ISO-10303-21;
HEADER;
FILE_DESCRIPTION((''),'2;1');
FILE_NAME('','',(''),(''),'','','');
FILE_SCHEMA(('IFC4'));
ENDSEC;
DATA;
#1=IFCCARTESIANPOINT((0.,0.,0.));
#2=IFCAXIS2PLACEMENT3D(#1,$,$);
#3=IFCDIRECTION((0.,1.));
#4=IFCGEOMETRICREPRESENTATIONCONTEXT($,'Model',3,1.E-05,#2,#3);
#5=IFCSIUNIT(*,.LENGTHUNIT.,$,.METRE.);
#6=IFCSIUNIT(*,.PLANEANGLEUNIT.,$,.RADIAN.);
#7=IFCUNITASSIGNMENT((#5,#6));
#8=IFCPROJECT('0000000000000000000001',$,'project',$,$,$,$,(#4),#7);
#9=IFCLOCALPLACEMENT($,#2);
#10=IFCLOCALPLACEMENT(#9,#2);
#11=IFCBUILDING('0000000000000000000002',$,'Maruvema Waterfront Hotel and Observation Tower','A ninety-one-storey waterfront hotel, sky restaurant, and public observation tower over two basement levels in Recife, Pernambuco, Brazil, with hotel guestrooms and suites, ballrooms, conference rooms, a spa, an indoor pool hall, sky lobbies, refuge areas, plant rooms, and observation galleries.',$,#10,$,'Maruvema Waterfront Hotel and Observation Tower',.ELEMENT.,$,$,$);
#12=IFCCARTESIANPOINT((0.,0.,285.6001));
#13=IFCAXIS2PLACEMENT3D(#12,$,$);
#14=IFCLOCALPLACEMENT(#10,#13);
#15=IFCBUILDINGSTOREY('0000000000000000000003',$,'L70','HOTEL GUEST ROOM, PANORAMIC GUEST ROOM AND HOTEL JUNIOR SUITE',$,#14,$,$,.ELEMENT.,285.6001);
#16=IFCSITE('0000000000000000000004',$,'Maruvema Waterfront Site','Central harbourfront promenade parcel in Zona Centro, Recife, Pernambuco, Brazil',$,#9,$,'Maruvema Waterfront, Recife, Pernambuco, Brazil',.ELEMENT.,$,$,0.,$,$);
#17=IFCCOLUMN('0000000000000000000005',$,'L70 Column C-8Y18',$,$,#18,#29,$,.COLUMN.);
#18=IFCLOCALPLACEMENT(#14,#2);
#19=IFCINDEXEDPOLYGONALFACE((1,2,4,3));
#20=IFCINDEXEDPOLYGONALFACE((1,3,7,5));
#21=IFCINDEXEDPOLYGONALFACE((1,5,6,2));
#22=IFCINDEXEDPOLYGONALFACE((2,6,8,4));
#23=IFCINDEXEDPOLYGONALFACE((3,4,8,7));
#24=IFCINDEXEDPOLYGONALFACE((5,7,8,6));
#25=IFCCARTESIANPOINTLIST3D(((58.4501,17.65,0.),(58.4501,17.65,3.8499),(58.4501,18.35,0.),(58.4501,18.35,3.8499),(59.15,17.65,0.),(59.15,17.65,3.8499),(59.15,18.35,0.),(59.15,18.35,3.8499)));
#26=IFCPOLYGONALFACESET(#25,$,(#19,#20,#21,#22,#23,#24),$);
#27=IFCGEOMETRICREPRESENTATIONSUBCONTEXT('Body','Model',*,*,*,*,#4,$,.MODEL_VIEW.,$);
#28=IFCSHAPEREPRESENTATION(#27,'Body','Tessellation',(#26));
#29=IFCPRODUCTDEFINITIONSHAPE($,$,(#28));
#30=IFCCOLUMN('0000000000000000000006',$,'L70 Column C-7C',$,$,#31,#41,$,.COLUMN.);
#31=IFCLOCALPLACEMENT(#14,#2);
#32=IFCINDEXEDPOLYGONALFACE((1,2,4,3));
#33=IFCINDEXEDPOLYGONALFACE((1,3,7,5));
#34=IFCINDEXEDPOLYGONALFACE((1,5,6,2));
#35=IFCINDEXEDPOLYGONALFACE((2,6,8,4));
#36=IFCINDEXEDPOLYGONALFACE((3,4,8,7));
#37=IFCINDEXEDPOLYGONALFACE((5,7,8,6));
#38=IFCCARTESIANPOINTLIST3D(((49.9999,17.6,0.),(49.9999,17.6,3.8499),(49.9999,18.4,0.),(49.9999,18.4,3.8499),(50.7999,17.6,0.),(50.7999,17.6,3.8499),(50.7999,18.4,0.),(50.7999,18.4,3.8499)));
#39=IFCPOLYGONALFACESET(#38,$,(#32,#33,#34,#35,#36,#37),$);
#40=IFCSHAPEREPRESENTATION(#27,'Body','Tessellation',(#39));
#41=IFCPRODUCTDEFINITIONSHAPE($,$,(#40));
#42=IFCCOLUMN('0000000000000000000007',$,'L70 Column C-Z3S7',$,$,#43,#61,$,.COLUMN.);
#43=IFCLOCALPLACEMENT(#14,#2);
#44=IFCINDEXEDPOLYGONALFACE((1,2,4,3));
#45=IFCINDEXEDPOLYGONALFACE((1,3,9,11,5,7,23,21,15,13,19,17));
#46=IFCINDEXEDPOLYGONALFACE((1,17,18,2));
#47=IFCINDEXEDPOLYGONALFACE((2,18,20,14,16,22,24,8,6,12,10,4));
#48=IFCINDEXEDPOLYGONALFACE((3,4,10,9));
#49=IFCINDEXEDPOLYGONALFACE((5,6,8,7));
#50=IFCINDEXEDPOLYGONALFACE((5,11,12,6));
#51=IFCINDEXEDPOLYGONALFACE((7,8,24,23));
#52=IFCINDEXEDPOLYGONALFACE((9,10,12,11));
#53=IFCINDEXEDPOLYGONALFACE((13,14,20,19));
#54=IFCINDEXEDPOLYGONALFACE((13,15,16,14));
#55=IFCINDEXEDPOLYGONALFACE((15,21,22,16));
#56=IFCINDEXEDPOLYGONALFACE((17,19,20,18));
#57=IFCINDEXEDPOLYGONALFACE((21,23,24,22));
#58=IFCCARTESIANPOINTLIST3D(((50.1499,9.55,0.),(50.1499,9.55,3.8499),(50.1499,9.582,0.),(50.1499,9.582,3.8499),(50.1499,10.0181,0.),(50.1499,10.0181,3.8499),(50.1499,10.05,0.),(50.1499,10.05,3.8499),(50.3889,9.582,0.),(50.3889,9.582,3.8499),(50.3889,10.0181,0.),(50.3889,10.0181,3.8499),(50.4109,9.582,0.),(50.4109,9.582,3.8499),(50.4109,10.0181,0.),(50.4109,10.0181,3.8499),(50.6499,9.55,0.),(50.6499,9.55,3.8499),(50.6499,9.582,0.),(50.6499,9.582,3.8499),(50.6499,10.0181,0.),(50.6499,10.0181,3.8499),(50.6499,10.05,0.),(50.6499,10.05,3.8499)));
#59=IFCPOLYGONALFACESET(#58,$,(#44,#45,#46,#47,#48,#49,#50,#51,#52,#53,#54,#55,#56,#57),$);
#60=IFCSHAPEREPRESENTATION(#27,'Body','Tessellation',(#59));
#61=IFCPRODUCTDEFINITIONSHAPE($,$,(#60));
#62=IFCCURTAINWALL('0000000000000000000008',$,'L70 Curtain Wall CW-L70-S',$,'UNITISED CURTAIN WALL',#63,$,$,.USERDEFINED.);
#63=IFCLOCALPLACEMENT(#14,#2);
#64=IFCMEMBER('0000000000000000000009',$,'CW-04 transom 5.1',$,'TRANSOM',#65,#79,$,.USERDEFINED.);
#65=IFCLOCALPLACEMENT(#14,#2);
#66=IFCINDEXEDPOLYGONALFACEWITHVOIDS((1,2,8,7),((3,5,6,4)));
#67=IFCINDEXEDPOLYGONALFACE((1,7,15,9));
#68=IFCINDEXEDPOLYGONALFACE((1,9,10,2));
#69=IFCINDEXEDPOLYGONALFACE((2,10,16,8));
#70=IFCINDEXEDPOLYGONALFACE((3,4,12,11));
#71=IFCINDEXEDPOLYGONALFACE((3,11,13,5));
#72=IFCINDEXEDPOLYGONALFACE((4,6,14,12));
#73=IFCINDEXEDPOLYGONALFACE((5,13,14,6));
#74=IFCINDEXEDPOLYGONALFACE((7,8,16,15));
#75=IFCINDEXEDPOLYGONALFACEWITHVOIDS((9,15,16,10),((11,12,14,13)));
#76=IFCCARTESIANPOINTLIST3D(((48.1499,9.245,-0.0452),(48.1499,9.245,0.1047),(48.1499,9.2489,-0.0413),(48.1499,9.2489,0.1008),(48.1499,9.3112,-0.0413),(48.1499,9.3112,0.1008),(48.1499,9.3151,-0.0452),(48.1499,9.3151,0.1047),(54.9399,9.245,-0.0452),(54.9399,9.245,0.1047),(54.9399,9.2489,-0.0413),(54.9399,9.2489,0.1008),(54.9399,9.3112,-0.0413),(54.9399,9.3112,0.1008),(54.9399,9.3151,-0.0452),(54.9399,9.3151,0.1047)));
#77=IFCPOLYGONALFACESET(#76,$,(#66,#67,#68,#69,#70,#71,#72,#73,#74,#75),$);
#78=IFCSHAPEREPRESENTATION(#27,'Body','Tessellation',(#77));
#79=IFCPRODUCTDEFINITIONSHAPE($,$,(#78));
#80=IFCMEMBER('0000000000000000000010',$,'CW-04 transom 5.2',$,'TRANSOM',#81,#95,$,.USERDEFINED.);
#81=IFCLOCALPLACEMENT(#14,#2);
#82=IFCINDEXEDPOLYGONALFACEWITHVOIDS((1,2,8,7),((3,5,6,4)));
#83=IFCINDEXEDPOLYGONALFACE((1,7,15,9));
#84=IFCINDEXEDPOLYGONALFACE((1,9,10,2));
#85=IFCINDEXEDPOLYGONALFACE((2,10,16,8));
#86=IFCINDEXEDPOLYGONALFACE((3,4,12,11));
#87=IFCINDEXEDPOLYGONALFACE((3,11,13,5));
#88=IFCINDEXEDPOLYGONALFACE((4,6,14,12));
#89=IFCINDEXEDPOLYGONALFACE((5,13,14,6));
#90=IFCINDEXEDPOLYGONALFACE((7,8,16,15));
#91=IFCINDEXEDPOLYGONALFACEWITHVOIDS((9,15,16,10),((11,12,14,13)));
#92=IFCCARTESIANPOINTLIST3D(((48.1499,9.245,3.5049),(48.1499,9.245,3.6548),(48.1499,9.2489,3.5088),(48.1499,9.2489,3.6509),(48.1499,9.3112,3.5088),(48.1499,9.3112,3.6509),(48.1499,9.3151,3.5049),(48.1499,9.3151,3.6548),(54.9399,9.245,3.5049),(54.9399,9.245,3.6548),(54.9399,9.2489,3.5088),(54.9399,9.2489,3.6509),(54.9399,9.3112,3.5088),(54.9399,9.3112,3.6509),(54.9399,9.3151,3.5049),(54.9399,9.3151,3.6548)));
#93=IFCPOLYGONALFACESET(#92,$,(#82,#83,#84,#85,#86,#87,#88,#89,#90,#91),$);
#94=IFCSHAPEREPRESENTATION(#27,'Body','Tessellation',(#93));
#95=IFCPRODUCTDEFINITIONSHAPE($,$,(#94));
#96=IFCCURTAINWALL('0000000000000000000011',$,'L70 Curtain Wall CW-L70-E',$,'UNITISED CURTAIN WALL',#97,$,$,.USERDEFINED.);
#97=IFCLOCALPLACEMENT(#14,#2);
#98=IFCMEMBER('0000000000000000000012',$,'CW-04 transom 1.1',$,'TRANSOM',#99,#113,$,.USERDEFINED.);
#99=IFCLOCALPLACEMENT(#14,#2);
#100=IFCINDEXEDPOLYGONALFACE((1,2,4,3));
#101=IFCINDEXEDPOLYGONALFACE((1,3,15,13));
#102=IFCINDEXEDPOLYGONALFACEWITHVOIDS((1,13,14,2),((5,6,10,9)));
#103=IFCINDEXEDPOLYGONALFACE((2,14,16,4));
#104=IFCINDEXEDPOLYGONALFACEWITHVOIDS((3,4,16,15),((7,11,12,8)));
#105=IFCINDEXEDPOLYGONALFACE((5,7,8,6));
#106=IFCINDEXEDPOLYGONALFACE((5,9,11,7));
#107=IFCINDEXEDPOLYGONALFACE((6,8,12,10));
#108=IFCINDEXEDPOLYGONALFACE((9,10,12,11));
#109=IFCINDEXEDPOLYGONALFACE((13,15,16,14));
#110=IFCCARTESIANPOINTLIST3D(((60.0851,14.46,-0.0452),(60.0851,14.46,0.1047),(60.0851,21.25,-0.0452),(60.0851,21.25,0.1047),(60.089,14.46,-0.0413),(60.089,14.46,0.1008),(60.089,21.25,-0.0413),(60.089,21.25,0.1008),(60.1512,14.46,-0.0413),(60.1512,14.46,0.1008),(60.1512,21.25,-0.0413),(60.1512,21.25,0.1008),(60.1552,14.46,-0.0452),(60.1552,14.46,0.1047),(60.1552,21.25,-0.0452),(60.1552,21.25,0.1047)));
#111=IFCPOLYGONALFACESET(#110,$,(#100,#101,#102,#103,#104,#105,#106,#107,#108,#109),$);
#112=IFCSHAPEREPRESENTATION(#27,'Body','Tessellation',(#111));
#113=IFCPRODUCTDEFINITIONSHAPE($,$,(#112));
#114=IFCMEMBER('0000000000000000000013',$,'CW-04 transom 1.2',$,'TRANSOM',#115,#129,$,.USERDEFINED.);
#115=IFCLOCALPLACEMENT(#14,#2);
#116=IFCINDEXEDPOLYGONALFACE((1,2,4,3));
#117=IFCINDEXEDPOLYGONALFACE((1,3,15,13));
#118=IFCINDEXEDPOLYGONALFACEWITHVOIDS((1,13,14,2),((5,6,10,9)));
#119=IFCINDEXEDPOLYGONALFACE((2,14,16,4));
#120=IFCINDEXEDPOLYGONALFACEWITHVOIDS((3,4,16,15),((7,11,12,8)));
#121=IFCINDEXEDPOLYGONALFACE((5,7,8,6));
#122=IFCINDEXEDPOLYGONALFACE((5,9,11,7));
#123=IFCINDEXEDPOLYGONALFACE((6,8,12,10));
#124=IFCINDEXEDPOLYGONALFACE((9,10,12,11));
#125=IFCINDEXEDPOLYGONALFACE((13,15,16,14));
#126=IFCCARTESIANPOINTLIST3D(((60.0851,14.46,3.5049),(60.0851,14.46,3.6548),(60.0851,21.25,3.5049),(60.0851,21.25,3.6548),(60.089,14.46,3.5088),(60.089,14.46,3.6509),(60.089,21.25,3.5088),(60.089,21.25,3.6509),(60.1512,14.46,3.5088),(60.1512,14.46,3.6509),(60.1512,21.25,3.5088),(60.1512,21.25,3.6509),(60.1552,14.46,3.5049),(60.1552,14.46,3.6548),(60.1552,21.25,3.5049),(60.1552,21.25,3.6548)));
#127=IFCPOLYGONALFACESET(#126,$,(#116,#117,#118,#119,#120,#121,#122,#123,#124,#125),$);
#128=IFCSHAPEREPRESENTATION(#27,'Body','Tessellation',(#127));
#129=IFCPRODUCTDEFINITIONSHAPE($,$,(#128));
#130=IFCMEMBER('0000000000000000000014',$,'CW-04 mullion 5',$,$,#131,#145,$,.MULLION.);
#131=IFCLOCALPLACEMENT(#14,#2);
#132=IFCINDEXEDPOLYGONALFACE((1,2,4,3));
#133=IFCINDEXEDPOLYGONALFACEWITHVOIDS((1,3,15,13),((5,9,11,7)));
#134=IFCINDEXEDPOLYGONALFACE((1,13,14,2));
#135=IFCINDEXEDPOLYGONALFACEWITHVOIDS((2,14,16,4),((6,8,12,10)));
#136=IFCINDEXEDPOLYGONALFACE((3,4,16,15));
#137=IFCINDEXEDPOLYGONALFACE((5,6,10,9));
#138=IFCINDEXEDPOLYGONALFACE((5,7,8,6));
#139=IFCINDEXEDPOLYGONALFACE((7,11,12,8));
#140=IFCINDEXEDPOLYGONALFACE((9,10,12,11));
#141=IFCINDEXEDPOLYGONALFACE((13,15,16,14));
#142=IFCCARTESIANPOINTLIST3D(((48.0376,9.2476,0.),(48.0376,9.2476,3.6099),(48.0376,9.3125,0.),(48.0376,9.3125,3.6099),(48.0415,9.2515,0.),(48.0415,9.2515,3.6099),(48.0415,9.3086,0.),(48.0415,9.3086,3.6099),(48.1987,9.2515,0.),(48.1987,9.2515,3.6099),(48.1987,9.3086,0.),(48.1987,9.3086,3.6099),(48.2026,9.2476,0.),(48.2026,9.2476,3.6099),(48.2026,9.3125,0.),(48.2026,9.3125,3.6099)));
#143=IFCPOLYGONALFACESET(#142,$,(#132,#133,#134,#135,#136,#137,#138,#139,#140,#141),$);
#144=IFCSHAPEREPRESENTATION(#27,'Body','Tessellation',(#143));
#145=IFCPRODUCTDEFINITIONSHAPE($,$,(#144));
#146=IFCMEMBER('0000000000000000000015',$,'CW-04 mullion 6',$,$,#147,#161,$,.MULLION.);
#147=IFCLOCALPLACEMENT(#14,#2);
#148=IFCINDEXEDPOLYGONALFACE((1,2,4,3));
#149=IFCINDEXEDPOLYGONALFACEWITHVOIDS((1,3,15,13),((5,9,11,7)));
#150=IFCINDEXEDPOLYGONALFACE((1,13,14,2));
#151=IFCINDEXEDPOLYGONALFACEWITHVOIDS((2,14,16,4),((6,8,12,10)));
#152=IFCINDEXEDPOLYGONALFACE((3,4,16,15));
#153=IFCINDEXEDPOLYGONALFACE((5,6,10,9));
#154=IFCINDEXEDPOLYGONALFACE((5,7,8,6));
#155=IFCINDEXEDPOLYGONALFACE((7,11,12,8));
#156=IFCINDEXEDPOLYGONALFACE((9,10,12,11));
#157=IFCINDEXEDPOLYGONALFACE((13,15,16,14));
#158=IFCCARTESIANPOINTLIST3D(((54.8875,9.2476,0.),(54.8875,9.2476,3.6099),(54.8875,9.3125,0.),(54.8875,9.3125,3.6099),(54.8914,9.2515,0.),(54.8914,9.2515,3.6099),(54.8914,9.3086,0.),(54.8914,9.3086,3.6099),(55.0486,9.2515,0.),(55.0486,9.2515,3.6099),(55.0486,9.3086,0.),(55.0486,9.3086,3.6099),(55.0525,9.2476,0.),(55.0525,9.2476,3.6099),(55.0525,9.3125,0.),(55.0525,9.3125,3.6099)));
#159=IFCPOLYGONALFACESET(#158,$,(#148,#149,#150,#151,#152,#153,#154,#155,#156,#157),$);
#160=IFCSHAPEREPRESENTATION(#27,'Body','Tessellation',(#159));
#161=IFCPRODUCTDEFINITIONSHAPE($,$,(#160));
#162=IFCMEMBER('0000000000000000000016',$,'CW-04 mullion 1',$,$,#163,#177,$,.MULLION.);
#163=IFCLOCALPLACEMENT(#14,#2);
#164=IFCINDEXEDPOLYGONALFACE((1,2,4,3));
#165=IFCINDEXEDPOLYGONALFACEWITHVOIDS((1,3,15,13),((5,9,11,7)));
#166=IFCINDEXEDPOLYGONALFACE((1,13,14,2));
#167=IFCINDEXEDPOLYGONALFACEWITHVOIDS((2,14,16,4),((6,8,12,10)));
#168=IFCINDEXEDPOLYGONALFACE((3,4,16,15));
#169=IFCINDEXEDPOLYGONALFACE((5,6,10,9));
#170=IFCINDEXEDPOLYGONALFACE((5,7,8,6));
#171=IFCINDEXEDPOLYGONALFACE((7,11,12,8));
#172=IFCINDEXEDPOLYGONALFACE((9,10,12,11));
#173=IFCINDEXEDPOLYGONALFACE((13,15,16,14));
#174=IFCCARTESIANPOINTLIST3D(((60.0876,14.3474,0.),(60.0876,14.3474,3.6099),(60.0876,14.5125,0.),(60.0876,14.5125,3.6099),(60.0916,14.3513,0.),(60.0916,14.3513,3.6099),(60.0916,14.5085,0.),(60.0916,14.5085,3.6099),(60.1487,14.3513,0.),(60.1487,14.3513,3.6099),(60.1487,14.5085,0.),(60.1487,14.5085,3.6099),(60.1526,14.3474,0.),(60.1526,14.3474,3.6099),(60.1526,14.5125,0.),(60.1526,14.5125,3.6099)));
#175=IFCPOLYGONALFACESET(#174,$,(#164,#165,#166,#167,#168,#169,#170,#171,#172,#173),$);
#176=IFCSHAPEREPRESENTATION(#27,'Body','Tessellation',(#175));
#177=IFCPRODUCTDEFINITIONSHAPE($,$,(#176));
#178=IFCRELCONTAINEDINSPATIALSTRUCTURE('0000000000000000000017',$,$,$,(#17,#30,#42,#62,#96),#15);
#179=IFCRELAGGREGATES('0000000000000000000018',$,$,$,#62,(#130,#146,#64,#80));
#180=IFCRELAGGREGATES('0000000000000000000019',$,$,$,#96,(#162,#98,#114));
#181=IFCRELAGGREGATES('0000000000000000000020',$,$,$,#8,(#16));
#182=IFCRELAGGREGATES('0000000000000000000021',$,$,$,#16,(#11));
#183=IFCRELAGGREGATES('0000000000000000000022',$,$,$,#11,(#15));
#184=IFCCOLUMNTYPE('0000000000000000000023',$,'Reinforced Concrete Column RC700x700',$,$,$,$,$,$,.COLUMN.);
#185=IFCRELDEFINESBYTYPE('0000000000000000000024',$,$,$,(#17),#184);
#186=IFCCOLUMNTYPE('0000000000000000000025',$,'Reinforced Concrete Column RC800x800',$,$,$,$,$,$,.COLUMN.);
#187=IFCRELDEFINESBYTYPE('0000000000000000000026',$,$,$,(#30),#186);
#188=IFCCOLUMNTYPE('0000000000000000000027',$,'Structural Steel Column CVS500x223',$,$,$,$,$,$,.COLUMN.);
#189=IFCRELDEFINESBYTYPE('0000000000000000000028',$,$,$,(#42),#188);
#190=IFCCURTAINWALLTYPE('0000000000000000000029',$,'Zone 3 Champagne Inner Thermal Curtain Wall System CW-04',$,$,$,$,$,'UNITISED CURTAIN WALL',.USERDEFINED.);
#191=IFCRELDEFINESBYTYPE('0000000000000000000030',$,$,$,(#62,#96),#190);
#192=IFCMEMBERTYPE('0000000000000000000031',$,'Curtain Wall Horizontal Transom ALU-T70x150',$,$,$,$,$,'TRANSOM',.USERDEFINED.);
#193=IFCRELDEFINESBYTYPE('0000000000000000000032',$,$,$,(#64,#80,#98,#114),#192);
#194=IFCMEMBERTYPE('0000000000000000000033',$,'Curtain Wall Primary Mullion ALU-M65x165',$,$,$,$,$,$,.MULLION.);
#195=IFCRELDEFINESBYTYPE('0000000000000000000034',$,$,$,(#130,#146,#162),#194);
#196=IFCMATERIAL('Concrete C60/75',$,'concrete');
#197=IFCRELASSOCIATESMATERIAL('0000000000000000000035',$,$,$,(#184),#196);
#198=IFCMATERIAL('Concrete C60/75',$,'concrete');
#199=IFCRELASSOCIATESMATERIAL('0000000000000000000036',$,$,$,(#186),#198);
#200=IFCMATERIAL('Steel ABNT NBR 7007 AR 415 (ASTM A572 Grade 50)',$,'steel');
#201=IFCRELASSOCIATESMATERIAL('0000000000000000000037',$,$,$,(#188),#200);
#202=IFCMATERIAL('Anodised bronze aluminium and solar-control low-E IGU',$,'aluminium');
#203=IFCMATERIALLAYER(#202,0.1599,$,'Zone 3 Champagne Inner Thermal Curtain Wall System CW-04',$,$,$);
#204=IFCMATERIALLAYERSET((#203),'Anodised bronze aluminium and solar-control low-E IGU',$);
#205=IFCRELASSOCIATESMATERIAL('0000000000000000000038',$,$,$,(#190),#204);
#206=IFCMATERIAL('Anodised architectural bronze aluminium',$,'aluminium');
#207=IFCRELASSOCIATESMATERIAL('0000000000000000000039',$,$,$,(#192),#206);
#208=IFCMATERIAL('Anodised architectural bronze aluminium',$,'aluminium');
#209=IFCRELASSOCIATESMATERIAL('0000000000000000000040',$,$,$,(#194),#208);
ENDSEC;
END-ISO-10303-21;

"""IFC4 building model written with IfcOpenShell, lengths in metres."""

from ifc_helpers import new_model, si_unit, direction, frame, origin, origin_2d, place, context, subcontext, project, spatial, rectangle, hollow_rectangle, i_section, extrude, material, layer, layer_set, material_profile, profile_set, type_object, element, aggregate, save


model = new_model("IFC4")

# Units and contexts
model_context = context("Model", 3, precision=1e-05, world=origin(), true_north=direction((0.0, 1.0)))
body_context = subcontext(model_context, "Body", "Model", "MODEL_VIEW")
ifc_project = project(units=[si_unit("LENGTHUNIT", "METRE"), si_unit("PLANEANGLEUNIT", "RADIAN")], contexts=[model_context])

# Site, building, storey
site_placement = place(None, origin())
site = spatial("IfcSite", under=ifc_project, at=site_placement, Name="Maruvema Waterfront Site", Description="Central harbourfront promenade parcel in Zona Centro, Recife, Pernambuco, Brazil", LongName="Maruvema Waterfront, Recife, Pernambuco, Brazil", CompositionType="ELEMENT", RefElevation=0.0)
building_placement = place(site_placement, origin())
building = spatial("IfcBuilding", under=site, at=building_placement, Name="Maruvema Waterfront Hotel and Observation Tower", Description="A ninety-one-storey waterfront hotel, sky restaurant, and public observation tower over two basement levels in Recife, Pernambuco, Brazil, with hotel guestrooms and suites, ballrooms, conference rooms, a spa, an indoor pool hall, sky lobbies, refuge areas, plant rooms, and observation galleries.", LongName="Maruvema Waterfront Hotel and Observation Tower", CompositionType="ELEMENT")
storey_placement = place(building_placement, frame((0.0, 0.0, 285.6001)))
storey = spatial("IfcBuildingStorey", under=building, at=storey_placement, Name="L70", Description="HOTEL GUEST ROOM, PANORAMIC GUEST ROOM AND HOTEL JUNIOR SUITE", CompositionType="ELEMENT", Elevation=285.6001)

# Columns
ifc_material_1 = material(Name="Concrete C60/75", Category="concrete")
ifc_material_profile_1 = material_profile(ifc_material_1, rectangle(XDim=0.7, YDim=0.7, at=origin_2d()), Name="RC700x700")
ifc_profile_set_1 = profile_set([ifc_material_profile_1], Name="Concrete C60/75")
column_type_1 = type_object("IfcColumnType", Name="Reinforced Concrete Column RC700x700", PredefinedType="COLUMN", material=ifc_profile_set_1)
column_1_placement = place(storey_placement, frame((58.8, 18.0, 0.0), z_axis=(0.0, 0.0, 1.0), x_axis=(1.0, 0.0, 0.0)))
element("IfcColumn", 1, at=column_1_placement, inside=storey, type_object=column_type_1, Name="L70 Column C-8Y18", PredefinedType="COLUMN", context=body_context, shape_type="SweptSolid", body=[
    extrude(rectangle(XDim=0.7, YDim=0.7, at=origin_2d()), origin(), (0.0, 0.0, 1.0), 3.8499),
])
ifc_material_2 = material(Name="Concrete C60/75", Category="concrete")
ifc_material_profile_2 = material_profile(ifc_material_2, rectangle(XDim=0.8, YDim=0.8, at=origin_2d()), Name="RC800x800")
ifc_profile_set_2 = profile_set([ifc_material_profile_2], Name="Concrete C60/75")
column_type_2 = type_object("IfcColumnType", Name="Reinforced Concrete Column RC800x800", PredefinedType="COLUMN", material=ifc_profile_set_2)
column_2_placement = place(storey_placement, frame((50.3999, 18.0, 0.0), z_axis=(0.0, 0.0, 1.0), x_axis=(1.0, 0.0, 0.0)))
element("IfcColumn", 2, at=column_2_placement, inside=storey, type_object=column_type_2, Name="L70 Column C-7C", PredefinedType="COLUMN", context=body_context, shape_type="SweptSolid", body=[
    extrude(rectangle(XDim=0.8, YDim=0.8, at=origin_2d()), origin(), (0.0, 0.0, 1.0), 3.8499),
])
ifc_material_3 = material(Name="Steel ABNT NBR 7007 AR 415 (ASTM A572 Grade 50)", Category="steel")
ifc_material_profile_3 = material_profile(ifc_material_3, i_section(OverallWidth=0.5, OverallDepth=0.5, WebThickness=0.022, FlangeThickness=0.032, at=origin_2d()), Name="CVS500x223")
ifc_profile_set_3 = profile_set([ifc_material_profile_3], Name="Steel ABNT NBR 7007 AR 415 (ASTM A572 Grade 50)")
column_type_3 = type_object("IfcColumnType", Name="Structural Steel Column CVS500x223", PredefinedType="COLUMN", material=ifc_profile_set_3)
column_3_placement = place(storey_placement, frame((50.3999, 9.8, 0.0), z_axis=(0.0, 0.0, 1.0), x_axis=(1.0, 0.0, 0.0)))
element("IfcColumn", 3, at=column_3_placement, inside=storey, type_object=column_type_3, Name="L70 Column C-Z3S7", PredefinedType="COLUMN", context=body_context, shape_type="SweptSolid", body=[
    extrude(i_section(OverallWidth=0.5, OverallDepth=0.5, WebThickness=0.022, FlangeThickness=0.032, at=origin_2d()), origin(), (0.0, 0.0, 1.0), 3.8499),
])

# Curtain walls, members
ifc_material_4 = material(Name="Anodised bronze aluminium and solar-control low-E IGU", Category="aluminium")
ifc_layer_1 = layer(ifc_material_4, 0.1599, Name="Zone 3 Champagne Inner Thermal Curtain Wall System CW-04")
ifc_layer_set_1 = layer_set([ifc_layer_1], Name="Anodised bronze aluminium and solar-control low-E IGU")
curtain_wall_type = type_object("IfcCurtainWallType", Name="Zone 3 Champagne Inner Thermal Curtain Wall System CW-04", ElementType="UNITISED CURTAIN WALL", PredefinedType="USERDEFINED", material=ifc_layer_set_1)
curtain_wall_1_placement = place(storey_placement, origin())
curtain_wall_1 = element("IfcCurtainWall", 4, at=curtain_wall_1_placement, inside=storey, type_object=curtain_wall_type, Name="L70 Curtain Wall CW-L70-S", ObjectType="UNITISED CURTAIN WALL", PredefinedType="USERDEFINED")
ifc_material_5 = material(Name="Anodised architectural bronze aluminium", Category="aluminium")
ifc_material_profile_4 = material_profile(ifc_material_5, hollow_rectangle(XDim=0.0701, YDim=0.1499, WallThickness=0.0039, at=origin_2d()), Name="ALU-T70x150")
ifc_profile_set_4 = profile_set([ifc_material_profile_4], Name="Anodised architectural bronze aluminium")
member_type_1 = type_object("IfcMemberType", Name="Curtain Wall Horizontal Transom ALU-T70x150", ElementType="TRANSOM", PredefinedType="USERDEFINED", material=ifc_profile_set_4)
member_1_placement = place(storey_placement, frame((48.1499, 9.28, 0.0298), z_axis=(1.0, 0.0, 0.0), x_axis=(0.0, 1.0, 0.0)))
member_1 = element("IfcMember", 5, at=member_1_placement, type_object=member_type_1, Name="CW-04 transom 5.1", ObjectType="TRANSOM", PredefinedType="USERDEFINED", context=body_context, shape_type="SweptSolid", body=[
    extrude(hollow_rectangle(XDim=0.0701, YDim=0.1499, WallThickness=0.0039, at=origin_2d()), origin(), (0.0, 0.0, 1.0), 6.79),
])
member_2_placement = place(storey_placement, frame((48.1499, 9.28, 3.5798), z_axis=(1.0, 0.0, 0.0), x_axis=(0.0, 1.0, 0.0)))
member_2 = element("IfcMember", 6, at=member_2_placement, type_object=member_type_1, Name="CW-04 transom 5.2", ObjectType="TRANSOM", PredefinedType="USERDEFINED", context=body_context, shape_type="SweptSolid", body=[
    extrude(hollow_rectangle(XDim=0.0701, YDim=0.1499, WallThickness=0.0039, at=origin_2d()), origin(), (0.0, 0.0, 1.0), 6.79),
])
curtain_wall_2_placement = place(storey_placement, origin())
curtain_wall_2 = element("IfcCurtainWall", 7, at=curtain_wall_2_placement, inside=storey, type_object=curtain_wall_type, Name="L70 Curtain Wall CW-L70-E", ObjectType="UNITISED CURTAIN WALL", PredefinedType="USERDEFINED")
member_3_placement = place(storey_placement, frame((60.1201, 14.46, 0.0298), z_axis=(0.0, 1.0, 0.0), x_axis=(-1.0, 0.0, 0.0)))
member_3 = element("IfcMember", 8, at=member_3_placement, type_object=member_type_1, Name="CW-04 transom 1.1", ObjectType="TRANSOM", PredefinedType="USERDEFINED", context=body_context, shape_type="SweptSolid", body=[
    extrude(hollow_rectangle(XDim=0.0701, YDim=0.1499, WallThickness=0.0039, at=origin_2d()), origin(), (0.0, 0.0, 1.0), 6.79),
])
member_4_placement = place(storey_placement, frame((60.1201, 14.46, 3.5798), z_axis=(0.0, 1.0, 0.0), x_axis=(-1.0, 0.0, 0.0)))
member_4 = element("IfcMember", 9, at=member_4_placement, type_object=member_type_1, Name="CW-04 transom 1.2", ObjectType="TRANSOM", PredefinedType="USERDEFINED", context=body_context, shape_type="SweptSolid", body=[
    extrude(hollow_rectangle(XDim=0.0701, YDim=0.1499, WallThickness=0.0039, at=origin_2d()), origin(), (0.0, 0.0, 1.0), 6.79),
])

# Members
ifc_material_6 = material(Name="Anodised architectural bronze aluminium", Category="aluminium")
ifc_material_profile_5 = material_profile(ifc_material_6, hollow_rectangle(XDim=0.0649, YDim=0.165, WallThickness=0.0039, at=origin_2d()), Name="ALU-M65x165")
ifc_profile_set_5 = profile_set([ifc_material_profile_5], Name="Anodised architectural bronze aluminium")
member_type_2 = type_object("IfcMemberType", Name="Curtain Wall Primary Mullion ALU-M65x165", PredefinedType="MULLION", material=ifc_profile_set_5)
member_5_placement = place(storey_placement, frame((48.1201, 9.28, 0.0), z_axis=(0.0, 0.0, 1.0), x_axis=(0.0, 1.0, 0.0)))
member_5 = element("IfcMember", 10, at=member_5_placement, type_object=member_type_2, Name="CW-04 mullion 5", PredefinedType="MULLION", context=body_context, shape_type="SweptSolid", body=[
    extrude(hollow_rectangle(XDim=0.0649, YDim=0.165, WallThickness=0.0039, at=origin_2d()), origin(), (0.0, 0.0, 1.0), 3.6099),
])
member_6_placement = place(storey_placement, frame((54.97, 9.28, 0.0), z_axis=(0.0, 0.0, 1.0), x_axis=(0.0, 1.0, 0.0)))
member_6 = element("IfcMember", 11, at=member_6_placement, type_object=member_type_2, Name="CW-04 mullion 6", PredefinedType="MULLION", context=body_context, shape_type="SweptSolid", body=[
    extrude(hollow_rectangle(XDim=0.0649, YDim=0.165, WallThickness=0.0039, at=origin_2d()), origin(), (0.0, 0.0, 1.0), 3.6099),
])
member_7_placement = place(storey_placement, frame((60.1201, 14.4299, 0.0), z_axis=(0.0, 0.0, 1.0), x_axis=(-1.0, 0.0, 0.0)))
member_7 = element("IfcMember", 12, at=member_7_placement, type_object=member_type_2, Name="CW-04 mullion 1", PredefinedType="MULLION", context=body_context, shape_type="SweptSolid", body=[
    extrude(hollow_rectangle(XDim=0.0649, YDim=0.165, WallThickness=0.0039, at=origin_2d()), origin(), (0.0, 0.0, 1.0), 3.6099),
])

aggregate(curtain_wall_1, [member_5, member_6, member_1, member_2])
aggregate(curtain_wall_2, [member_7, member_3, member_4])

save(model, "model.ifc")
